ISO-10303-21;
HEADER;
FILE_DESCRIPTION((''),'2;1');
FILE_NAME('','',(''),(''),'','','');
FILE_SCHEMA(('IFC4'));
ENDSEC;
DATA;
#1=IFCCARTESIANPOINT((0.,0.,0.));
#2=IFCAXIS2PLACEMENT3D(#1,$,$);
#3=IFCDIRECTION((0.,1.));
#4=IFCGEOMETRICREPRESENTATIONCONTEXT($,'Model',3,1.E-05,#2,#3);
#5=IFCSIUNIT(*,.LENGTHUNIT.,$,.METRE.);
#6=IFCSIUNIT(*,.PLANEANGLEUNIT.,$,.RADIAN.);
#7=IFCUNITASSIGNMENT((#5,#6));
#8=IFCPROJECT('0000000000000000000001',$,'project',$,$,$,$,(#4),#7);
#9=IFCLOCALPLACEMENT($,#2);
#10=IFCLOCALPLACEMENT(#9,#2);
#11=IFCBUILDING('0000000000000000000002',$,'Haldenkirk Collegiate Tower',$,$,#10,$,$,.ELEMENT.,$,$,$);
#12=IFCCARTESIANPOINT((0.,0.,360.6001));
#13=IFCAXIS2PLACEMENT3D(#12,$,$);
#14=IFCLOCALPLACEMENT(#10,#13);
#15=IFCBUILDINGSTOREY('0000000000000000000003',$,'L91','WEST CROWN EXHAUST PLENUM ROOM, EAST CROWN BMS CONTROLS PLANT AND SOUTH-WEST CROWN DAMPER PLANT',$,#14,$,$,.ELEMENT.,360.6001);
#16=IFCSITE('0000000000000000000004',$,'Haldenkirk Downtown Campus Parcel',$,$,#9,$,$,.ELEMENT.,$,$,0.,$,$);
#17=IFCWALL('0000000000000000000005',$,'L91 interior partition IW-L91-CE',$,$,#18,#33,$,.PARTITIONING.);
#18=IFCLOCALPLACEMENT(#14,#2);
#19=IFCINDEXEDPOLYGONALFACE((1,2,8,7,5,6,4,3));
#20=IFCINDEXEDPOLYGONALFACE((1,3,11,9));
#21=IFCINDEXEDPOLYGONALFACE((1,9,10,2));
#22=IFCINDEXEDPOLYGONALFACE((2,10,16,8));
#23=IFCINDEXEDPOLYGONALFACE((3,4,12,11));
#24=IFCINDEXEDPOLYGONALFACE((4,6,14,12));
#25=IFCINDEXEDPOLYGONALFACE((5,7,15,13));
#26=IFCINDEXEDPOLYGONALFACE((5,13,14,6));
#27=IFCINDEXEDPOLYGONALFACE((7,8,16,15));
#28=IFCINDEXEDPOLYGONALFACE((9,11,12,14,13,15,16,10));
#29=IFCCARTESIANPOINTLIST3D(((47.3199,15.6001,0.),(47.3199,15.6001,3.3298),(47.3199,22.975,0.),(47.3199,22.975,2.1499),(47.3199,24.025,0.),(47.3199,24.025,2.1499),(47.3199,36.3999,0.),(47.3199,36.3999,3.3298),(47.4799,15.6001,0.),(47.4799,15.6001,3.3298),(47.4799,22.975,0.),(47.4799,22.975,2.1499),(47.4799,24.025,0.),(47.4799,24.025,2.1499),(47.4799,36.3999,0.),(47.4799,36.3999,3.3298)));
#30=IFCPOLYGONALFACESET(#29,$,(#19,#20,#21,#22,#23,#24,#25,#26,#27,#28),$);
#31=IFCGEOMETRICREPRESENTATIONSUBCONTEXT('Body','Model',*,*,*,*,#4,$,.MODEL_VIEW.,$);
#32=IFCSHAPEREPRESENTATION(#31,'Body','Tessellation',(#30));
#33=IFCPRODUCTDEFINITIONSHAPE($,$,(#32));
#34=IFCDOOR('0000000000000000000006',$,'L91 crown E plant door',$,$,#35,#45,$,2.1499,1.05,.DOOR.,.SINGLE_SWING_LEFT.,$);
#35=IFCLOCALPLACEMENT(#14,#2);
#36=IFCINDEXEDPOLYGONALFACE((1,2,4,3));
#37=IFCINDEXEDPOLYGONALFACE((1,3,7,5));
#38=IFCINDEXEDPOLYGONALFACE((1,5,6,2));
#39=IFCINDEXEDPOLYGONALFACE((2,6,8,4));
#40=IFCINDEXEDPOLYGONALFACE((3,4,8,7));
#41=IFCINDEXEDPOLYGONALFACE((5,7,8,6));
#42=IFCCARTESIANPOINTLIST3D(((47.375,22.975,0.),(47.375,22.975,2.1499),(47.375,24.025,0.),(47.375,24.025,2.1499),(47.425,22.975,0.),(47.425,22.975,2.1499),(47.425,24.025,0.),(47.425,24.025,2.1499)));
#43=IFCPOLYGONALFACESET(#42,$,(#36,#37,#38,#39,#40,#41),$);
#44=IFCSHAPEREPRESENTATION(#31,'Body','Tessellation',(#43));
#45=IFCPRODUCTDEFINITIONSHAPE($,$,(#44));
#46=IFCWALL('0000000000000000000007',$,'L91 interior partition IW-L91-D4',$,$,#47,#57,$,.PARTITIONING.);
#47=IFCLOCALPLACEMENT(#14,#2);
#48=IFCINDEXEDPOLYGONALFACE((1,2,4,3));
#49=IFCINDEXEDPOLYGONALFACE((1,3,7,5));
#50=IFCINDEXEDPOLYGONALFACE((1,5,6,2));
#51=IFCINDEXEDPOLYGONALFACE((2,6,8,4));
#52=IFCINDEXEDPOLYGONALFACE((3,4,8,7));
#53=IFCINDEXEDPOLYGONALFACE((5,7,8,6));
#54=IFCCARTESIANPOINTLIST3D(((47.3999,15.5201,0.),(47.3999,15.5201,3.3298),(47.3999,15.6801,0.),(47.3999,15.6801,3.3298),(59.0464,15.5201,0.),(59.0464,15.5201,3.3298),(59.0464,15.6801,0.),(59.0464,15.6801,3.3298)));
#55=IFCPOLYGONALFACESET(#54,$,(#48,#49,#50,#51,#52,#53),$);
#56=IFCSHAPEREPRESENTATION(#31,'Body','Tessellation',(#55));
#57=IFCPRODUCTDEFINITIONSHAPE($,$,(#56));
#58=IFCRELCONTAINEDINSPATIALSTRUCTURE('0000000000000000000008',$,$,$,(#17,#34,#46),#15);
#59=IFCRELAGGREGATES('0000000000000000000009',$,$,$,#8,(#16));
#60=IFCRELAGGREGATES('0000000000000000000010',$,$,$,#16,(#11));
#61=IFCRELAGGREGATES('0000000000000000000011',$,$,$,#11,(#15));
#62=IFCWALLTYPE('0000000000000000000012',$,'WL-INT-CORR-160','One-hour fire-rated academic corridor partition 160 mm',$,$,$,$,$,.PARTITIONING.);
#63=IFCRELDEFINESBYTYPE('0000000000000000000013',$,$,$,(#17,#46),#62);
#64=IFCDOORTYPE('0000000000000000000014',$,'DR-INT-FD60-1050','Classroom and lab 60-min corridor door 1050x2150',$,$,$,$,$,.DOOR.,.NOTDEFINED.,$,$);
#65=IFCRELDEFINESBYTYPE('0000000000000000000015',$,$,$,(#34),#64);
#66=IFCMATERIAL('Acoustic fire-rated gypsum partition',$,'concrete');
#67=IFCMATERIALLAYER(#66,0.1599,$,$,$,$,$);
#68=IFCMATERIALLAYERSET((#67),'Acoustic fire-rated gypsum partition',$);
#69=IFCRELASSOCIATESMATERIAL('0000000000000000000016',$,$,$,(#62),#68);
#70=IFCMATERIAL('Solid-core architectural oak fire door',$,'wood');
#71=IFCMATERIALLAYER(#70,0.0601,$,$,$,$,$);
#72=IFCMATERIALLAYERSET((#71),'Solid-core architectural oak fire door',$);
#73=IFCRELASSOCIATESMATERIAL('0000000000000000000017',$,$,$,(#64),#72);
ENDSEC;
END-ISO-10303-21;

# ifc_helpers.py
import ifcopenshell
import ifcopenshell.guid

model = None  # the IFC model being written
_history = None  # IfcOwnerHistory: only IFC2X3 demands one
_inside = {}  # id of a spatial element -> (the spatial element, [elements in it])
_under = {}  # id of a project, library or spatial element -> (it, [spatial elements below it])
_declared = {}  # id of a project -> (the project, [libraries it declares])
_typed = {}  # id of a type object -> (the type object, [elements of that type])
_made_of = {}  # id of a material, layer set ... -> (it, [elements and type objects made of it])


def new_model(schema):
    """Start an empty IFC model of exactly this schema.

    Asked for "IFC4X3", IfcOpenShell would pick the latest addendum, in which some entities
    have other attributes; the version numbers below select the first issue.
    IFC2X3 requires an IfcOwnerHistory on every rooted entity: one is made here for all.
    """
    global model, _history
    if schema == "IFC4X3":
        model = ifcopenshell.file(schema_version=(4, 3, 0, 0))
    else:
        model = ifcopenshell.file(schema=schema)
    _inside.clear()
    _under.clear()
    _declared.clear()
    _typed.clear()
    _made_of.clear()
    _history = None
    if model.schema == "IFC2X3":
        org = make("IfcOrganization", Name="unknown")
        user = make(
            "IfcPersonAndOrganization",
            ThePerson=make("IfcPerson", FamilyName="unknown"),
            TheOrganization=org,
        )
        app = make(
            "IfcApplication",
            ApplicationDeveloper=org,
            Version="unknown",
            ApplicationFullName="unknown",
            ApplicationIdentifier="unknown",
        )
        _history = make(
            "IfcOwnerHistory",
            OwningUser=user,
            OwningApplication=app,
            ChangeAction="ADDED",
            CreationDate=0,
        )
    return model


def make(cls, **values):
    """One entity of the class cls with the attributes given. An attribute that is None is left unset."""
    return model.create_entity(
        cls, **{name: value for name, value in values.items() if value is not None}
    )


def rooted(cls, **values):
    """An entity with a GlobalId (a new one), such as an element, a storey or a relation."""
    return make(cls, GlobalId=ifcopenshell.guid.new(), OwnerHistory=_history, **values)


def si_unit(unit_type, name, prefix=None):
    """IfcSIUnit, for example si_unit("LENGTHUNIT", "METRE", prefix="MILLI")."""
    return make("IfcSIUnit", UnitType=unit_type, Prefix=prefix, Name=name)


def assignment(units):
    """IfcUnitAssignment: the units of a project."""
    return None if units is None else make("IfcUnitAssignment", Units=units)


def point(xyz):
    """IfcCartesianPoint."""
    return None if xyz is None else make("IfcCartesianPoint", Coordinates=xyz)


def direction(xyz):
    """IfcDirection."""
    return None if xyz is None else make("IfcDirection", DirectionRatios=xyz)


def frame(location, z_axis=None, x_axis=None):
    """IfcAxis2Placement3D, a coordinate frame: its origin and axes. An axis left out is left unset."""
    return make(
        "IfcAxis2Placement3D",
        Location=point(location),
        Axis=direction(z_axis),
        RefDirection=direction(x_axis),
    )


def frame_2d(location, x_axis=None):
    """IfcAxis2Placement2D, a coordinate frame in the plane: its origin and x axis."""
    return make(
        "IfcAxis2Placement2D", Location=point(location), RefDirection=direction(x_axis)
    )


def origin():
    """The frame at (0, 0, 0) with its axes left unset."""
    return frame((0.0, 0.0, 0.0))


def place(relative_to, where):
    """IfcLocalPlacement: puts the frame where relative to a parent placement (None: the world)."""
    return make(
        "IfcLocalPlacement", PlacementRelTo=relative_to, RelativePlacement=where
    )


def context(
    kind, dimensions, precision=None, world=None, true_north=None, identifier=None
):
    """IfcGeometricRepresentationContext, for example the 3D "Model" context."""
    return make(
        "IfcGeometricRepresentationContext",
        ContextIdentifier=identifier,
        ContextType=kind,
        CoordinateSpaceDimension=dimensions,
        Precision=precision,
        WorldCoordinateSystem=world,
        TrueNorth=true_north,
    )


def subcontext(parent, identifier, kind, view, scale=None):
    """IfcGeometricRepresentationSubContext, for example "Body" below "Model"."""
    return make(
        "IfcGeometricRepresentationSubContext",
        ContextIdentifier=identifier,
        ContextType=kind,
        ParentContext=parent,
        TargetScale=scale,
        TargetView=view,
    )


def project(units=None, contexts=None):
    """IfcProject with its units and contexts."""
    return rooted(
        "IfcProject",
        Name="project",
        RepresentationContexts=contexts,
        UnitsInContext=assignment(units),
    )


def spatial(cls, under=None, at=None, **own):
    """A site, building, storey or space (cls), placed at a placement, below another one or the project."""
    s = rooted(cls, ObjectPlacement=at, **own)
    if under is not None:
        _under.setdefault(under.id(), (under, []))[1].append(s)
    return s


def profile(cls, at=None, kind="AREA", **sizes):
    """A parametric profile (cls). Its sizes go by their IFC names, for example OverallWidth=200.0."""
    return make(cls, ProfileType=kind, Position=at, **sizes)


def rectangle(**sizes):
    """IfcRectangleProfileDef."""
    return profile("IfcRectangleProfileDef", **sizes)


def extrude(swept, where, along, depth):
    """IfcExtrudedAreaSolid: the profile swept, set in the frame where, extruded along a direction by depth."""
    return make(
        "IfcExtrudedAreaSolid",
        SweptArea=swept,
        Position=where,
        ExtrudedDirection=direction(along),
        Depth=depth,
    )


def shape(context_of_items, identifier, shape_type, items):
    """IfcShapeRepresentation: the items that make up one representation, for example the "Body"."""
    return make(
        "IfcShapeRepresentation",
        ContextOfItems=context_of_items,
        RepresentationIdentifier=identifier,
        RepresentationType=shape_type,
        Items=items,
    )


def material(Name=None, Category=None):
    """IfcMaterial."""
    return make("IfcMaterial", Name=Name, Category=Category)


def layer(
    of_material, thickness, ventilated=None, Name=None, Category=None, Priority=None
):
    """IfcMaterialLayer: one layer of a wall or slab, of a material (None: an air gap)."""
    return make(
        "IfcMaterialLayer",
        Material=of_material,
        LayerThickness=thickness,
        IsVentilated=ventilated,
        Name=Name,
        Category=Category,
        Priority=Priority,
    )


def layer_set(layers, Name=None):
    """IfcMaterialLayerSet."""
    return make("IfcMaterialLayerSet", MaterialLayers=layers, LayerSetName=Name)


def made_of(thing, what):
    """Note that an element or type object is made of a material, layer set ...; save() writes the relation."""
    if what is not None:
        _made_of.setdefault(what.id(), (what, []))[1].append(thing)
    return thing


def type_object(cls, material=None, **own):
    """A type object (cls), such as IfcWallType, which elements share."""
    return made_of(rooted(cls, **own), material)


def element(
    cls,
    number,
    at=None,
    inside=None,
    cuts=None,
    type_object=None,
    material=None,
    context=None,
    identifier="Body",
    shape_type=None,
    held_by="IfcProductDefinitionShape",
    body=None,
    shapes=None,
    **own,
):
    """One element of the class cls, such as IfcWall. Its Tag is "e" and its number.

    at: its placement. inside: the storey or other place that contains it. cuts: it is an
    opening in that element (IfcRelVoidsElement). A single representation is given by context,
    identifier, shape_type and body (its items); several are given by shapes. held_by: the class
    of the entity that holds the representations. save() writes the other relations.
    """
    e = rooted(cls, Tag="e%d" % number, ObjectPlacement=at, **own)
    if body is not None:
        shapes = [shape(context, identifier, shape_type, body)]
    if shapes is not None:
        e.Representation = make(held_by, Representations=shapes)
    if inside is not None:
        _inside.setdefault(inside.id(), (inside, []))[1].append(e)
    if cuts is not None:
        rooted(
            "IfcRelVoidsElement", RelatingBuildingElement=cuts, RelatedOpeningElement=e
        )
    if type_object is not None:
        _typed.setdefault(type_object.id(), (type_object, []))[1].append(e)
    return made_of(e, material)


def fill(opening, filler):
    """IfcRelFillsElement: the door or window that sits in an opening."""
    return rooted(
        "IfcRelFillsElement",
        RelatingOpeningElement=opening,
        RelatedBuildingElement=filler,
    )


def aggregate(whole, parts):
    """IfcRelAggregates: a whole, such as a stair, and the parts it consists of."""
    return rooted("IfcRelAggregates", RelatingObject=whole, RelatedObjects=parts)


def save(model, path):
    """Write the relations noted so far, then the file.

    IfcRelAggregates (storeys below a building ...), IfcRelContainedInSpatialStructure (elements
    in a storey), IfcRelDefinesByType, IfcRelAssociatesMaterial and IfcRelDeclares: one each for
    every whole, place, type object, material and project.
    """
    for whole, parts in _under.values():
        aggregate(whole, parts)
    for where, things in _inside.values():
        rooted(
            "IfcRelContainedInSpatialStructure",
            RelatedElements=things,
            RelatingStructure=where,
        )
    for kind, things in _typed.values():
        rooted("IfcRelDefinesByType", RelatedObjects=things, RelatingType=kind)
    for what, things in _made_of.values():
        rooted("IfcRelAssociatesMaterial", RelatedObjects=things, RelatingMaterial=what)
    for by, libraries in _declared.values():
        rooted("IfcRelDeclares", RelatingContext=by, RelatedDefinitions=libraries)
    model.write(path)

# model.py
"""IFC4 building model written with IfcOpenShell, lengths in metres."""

from ifc_helpers import new_model, si_unit, direction, frame, frame_2d, origin, place, context, subcontext, project, spatial, rectangle, extrude, material, layer, layer_set, type_object, element, fill, save


model = new_model("IFC4")

# Units and contexts
model_context = context("Model", 3, precision=1e-05, world=origin(), true_north=direction((0.0, 1.0)))
body_context = subcontext(model_context, "Body", "Model", "MODEL_VIEW")
ifc_project = project(units=[si_unit("LENGTHUNIT", "METRE"), si_unit("PLANEANGLEUNIT", "RADIAN")], contexts=[model_context])

# Site, building, storey
site_placement = place(None, origin())
site = spatial("IfcSite", under=ifc_project, at=site_placement, Name="Haldenkirk Downtown Campus Parcel", CompositionType="ELEMENT", RefElevation=0.0)
building_placement = place(site_placement, origin())
building = spatial("IfcBuilding", under=site, at=building_placement, Name="Haldenkirk Collegiate Tower", CompositionType="ELEMENT")
storey_placement = place(building_placement, frame((0.0, 0.0, 360.6001)))
storey = spatial("IfcBuildingStorey", under=building, at=storey_placement, Name="L91", Description="WEST CROWN EXHAUST PLENUM ROOM, EAST CROWN BMS CONTROLS PLANT AND SOUTH-WEST CROWN DAMPER PLANT", CompositionType="ELEMENT", Elevation=360.6001)

# Wall, opening, door
ifc_material_1 = material(Name="Acoustic fire-rated gypsum partition", Category="concrete")
ifc_layer_1 = layer(ifc_material_1, 0.1599)
ifc_layer_set_1 = layer_set([ifc_layer_1], Name="Acoustic fire-rated gypsum partition")
wall_type_1 = type_object("IfcWallType", Name="WL-INT-CORR-160", Description="One-hour fire-rated academic corridor partition 160 mm", PredefinedType="PARTITIONING", material=ifc_layer_set_1)
wall_1_placement = place(storey_placement, frame((47.3999, 15.6001, 0.0), z_axis=(0.0, 0.0, 1.0), x_axis=(0.0, 1.0, 0.0)))
wall_1 = element("IfcWall", 1, at=wall_1_placement, inside=storey, type_object=wall_type_1, Name="L91 interior partition IW-L91-CE", PredefinedType="PARTITIONING", context=body_context, shape_type="SweptSolid", body=[
    extrude(rectangle(XDim=20.7998, YDim=0.1599, at=frame_2d((10.3999, 0.0))), origin(), (0.0, 0.0, 1.0), 3.3298),
])
opening_placement = place(wall_1_placement, frame((7.375, 0.0, 0.0)))
opening = element("IfcOpeningElement", 2, at=opening_placement, cuts=wall_1, PredefinedType="OPENING", context=body_context, shape_type="SweptSolid", body=[
    extrude(rectangle(XDim=1.05, YDim=2.1499, at=frame_2d((0.5249, 1.075))), frame((0.0, 0.0898, 0.0), z_axis=(0.0, -1.0, 0.0), x_axis=(1.0, 0.0, 0.0)), (0.0, 0.0, 1.0), 0.1799),
])
ifc_material_2 = material(Name="Solid-core architectural oak fire door", Category="wood")
ifc_layer_2 = layer(ifc_material_2, 0.0601)
ifc_layer_set_2 = layer_set([ifc_layer_2], Name="Solid-core architectural oak fire door")
door_type = type_object("IfcDoorType", Name="DR-INT-FD60-1050", Description="Classroom and lab 60-min corridor door 1050x2150", OperationType="NOTDEFINED", PredefinedType="DOOR", material=ifc_layer_set_2)
door_placement = place(opening_placement, origin())
door = element("IfcDoor", 3, at=door_placement, inside=storey, type_object=door_type, Name="L91 crown E plant door", OperationType="SINGLE_SWING_LEFT", OverallHeight=2.1499, OverallWidth=1.05, PredefinedType="DOOR", context=body_context, shape_type="SweptSolid", body=[
    extrude(rectangle(XDim=1.05, YDim=2.1499, at=frame_2d((0.5249, 1.075))), frame((0.0, 0.0249, 0.0), z_axis=(0.0, -1.0, 0.0), x_axis=(1.0, 0.0, 0.0)), (0.0, 0.0, 1.0), 0.05),
])
fill(opening, door)

# Wall
wall_2_placement = place(storey_placement, frame((47.3999, 15.6001, 0.0), z_axis=(0.0, 0.0, 1.0), x_axis=(1.0, 0.0, 0.0)))
element("IfcWall", 4, at=wall_2_placement, inside=storey, type_object=wall_type_1, Name="L91 interior partition IW-L91-D4", PredefinedType="PARTITIONING", context=body_context, shape_type="SweptSolid", body=[
    extrude(rectangle(XDim=11.6465, YDim=0.1599, at=frame_2d((5.8232, 0.0))), origin(), (0.0, 0.0, 1.0), 3.3298),
])

save(model, "model.ifc")
